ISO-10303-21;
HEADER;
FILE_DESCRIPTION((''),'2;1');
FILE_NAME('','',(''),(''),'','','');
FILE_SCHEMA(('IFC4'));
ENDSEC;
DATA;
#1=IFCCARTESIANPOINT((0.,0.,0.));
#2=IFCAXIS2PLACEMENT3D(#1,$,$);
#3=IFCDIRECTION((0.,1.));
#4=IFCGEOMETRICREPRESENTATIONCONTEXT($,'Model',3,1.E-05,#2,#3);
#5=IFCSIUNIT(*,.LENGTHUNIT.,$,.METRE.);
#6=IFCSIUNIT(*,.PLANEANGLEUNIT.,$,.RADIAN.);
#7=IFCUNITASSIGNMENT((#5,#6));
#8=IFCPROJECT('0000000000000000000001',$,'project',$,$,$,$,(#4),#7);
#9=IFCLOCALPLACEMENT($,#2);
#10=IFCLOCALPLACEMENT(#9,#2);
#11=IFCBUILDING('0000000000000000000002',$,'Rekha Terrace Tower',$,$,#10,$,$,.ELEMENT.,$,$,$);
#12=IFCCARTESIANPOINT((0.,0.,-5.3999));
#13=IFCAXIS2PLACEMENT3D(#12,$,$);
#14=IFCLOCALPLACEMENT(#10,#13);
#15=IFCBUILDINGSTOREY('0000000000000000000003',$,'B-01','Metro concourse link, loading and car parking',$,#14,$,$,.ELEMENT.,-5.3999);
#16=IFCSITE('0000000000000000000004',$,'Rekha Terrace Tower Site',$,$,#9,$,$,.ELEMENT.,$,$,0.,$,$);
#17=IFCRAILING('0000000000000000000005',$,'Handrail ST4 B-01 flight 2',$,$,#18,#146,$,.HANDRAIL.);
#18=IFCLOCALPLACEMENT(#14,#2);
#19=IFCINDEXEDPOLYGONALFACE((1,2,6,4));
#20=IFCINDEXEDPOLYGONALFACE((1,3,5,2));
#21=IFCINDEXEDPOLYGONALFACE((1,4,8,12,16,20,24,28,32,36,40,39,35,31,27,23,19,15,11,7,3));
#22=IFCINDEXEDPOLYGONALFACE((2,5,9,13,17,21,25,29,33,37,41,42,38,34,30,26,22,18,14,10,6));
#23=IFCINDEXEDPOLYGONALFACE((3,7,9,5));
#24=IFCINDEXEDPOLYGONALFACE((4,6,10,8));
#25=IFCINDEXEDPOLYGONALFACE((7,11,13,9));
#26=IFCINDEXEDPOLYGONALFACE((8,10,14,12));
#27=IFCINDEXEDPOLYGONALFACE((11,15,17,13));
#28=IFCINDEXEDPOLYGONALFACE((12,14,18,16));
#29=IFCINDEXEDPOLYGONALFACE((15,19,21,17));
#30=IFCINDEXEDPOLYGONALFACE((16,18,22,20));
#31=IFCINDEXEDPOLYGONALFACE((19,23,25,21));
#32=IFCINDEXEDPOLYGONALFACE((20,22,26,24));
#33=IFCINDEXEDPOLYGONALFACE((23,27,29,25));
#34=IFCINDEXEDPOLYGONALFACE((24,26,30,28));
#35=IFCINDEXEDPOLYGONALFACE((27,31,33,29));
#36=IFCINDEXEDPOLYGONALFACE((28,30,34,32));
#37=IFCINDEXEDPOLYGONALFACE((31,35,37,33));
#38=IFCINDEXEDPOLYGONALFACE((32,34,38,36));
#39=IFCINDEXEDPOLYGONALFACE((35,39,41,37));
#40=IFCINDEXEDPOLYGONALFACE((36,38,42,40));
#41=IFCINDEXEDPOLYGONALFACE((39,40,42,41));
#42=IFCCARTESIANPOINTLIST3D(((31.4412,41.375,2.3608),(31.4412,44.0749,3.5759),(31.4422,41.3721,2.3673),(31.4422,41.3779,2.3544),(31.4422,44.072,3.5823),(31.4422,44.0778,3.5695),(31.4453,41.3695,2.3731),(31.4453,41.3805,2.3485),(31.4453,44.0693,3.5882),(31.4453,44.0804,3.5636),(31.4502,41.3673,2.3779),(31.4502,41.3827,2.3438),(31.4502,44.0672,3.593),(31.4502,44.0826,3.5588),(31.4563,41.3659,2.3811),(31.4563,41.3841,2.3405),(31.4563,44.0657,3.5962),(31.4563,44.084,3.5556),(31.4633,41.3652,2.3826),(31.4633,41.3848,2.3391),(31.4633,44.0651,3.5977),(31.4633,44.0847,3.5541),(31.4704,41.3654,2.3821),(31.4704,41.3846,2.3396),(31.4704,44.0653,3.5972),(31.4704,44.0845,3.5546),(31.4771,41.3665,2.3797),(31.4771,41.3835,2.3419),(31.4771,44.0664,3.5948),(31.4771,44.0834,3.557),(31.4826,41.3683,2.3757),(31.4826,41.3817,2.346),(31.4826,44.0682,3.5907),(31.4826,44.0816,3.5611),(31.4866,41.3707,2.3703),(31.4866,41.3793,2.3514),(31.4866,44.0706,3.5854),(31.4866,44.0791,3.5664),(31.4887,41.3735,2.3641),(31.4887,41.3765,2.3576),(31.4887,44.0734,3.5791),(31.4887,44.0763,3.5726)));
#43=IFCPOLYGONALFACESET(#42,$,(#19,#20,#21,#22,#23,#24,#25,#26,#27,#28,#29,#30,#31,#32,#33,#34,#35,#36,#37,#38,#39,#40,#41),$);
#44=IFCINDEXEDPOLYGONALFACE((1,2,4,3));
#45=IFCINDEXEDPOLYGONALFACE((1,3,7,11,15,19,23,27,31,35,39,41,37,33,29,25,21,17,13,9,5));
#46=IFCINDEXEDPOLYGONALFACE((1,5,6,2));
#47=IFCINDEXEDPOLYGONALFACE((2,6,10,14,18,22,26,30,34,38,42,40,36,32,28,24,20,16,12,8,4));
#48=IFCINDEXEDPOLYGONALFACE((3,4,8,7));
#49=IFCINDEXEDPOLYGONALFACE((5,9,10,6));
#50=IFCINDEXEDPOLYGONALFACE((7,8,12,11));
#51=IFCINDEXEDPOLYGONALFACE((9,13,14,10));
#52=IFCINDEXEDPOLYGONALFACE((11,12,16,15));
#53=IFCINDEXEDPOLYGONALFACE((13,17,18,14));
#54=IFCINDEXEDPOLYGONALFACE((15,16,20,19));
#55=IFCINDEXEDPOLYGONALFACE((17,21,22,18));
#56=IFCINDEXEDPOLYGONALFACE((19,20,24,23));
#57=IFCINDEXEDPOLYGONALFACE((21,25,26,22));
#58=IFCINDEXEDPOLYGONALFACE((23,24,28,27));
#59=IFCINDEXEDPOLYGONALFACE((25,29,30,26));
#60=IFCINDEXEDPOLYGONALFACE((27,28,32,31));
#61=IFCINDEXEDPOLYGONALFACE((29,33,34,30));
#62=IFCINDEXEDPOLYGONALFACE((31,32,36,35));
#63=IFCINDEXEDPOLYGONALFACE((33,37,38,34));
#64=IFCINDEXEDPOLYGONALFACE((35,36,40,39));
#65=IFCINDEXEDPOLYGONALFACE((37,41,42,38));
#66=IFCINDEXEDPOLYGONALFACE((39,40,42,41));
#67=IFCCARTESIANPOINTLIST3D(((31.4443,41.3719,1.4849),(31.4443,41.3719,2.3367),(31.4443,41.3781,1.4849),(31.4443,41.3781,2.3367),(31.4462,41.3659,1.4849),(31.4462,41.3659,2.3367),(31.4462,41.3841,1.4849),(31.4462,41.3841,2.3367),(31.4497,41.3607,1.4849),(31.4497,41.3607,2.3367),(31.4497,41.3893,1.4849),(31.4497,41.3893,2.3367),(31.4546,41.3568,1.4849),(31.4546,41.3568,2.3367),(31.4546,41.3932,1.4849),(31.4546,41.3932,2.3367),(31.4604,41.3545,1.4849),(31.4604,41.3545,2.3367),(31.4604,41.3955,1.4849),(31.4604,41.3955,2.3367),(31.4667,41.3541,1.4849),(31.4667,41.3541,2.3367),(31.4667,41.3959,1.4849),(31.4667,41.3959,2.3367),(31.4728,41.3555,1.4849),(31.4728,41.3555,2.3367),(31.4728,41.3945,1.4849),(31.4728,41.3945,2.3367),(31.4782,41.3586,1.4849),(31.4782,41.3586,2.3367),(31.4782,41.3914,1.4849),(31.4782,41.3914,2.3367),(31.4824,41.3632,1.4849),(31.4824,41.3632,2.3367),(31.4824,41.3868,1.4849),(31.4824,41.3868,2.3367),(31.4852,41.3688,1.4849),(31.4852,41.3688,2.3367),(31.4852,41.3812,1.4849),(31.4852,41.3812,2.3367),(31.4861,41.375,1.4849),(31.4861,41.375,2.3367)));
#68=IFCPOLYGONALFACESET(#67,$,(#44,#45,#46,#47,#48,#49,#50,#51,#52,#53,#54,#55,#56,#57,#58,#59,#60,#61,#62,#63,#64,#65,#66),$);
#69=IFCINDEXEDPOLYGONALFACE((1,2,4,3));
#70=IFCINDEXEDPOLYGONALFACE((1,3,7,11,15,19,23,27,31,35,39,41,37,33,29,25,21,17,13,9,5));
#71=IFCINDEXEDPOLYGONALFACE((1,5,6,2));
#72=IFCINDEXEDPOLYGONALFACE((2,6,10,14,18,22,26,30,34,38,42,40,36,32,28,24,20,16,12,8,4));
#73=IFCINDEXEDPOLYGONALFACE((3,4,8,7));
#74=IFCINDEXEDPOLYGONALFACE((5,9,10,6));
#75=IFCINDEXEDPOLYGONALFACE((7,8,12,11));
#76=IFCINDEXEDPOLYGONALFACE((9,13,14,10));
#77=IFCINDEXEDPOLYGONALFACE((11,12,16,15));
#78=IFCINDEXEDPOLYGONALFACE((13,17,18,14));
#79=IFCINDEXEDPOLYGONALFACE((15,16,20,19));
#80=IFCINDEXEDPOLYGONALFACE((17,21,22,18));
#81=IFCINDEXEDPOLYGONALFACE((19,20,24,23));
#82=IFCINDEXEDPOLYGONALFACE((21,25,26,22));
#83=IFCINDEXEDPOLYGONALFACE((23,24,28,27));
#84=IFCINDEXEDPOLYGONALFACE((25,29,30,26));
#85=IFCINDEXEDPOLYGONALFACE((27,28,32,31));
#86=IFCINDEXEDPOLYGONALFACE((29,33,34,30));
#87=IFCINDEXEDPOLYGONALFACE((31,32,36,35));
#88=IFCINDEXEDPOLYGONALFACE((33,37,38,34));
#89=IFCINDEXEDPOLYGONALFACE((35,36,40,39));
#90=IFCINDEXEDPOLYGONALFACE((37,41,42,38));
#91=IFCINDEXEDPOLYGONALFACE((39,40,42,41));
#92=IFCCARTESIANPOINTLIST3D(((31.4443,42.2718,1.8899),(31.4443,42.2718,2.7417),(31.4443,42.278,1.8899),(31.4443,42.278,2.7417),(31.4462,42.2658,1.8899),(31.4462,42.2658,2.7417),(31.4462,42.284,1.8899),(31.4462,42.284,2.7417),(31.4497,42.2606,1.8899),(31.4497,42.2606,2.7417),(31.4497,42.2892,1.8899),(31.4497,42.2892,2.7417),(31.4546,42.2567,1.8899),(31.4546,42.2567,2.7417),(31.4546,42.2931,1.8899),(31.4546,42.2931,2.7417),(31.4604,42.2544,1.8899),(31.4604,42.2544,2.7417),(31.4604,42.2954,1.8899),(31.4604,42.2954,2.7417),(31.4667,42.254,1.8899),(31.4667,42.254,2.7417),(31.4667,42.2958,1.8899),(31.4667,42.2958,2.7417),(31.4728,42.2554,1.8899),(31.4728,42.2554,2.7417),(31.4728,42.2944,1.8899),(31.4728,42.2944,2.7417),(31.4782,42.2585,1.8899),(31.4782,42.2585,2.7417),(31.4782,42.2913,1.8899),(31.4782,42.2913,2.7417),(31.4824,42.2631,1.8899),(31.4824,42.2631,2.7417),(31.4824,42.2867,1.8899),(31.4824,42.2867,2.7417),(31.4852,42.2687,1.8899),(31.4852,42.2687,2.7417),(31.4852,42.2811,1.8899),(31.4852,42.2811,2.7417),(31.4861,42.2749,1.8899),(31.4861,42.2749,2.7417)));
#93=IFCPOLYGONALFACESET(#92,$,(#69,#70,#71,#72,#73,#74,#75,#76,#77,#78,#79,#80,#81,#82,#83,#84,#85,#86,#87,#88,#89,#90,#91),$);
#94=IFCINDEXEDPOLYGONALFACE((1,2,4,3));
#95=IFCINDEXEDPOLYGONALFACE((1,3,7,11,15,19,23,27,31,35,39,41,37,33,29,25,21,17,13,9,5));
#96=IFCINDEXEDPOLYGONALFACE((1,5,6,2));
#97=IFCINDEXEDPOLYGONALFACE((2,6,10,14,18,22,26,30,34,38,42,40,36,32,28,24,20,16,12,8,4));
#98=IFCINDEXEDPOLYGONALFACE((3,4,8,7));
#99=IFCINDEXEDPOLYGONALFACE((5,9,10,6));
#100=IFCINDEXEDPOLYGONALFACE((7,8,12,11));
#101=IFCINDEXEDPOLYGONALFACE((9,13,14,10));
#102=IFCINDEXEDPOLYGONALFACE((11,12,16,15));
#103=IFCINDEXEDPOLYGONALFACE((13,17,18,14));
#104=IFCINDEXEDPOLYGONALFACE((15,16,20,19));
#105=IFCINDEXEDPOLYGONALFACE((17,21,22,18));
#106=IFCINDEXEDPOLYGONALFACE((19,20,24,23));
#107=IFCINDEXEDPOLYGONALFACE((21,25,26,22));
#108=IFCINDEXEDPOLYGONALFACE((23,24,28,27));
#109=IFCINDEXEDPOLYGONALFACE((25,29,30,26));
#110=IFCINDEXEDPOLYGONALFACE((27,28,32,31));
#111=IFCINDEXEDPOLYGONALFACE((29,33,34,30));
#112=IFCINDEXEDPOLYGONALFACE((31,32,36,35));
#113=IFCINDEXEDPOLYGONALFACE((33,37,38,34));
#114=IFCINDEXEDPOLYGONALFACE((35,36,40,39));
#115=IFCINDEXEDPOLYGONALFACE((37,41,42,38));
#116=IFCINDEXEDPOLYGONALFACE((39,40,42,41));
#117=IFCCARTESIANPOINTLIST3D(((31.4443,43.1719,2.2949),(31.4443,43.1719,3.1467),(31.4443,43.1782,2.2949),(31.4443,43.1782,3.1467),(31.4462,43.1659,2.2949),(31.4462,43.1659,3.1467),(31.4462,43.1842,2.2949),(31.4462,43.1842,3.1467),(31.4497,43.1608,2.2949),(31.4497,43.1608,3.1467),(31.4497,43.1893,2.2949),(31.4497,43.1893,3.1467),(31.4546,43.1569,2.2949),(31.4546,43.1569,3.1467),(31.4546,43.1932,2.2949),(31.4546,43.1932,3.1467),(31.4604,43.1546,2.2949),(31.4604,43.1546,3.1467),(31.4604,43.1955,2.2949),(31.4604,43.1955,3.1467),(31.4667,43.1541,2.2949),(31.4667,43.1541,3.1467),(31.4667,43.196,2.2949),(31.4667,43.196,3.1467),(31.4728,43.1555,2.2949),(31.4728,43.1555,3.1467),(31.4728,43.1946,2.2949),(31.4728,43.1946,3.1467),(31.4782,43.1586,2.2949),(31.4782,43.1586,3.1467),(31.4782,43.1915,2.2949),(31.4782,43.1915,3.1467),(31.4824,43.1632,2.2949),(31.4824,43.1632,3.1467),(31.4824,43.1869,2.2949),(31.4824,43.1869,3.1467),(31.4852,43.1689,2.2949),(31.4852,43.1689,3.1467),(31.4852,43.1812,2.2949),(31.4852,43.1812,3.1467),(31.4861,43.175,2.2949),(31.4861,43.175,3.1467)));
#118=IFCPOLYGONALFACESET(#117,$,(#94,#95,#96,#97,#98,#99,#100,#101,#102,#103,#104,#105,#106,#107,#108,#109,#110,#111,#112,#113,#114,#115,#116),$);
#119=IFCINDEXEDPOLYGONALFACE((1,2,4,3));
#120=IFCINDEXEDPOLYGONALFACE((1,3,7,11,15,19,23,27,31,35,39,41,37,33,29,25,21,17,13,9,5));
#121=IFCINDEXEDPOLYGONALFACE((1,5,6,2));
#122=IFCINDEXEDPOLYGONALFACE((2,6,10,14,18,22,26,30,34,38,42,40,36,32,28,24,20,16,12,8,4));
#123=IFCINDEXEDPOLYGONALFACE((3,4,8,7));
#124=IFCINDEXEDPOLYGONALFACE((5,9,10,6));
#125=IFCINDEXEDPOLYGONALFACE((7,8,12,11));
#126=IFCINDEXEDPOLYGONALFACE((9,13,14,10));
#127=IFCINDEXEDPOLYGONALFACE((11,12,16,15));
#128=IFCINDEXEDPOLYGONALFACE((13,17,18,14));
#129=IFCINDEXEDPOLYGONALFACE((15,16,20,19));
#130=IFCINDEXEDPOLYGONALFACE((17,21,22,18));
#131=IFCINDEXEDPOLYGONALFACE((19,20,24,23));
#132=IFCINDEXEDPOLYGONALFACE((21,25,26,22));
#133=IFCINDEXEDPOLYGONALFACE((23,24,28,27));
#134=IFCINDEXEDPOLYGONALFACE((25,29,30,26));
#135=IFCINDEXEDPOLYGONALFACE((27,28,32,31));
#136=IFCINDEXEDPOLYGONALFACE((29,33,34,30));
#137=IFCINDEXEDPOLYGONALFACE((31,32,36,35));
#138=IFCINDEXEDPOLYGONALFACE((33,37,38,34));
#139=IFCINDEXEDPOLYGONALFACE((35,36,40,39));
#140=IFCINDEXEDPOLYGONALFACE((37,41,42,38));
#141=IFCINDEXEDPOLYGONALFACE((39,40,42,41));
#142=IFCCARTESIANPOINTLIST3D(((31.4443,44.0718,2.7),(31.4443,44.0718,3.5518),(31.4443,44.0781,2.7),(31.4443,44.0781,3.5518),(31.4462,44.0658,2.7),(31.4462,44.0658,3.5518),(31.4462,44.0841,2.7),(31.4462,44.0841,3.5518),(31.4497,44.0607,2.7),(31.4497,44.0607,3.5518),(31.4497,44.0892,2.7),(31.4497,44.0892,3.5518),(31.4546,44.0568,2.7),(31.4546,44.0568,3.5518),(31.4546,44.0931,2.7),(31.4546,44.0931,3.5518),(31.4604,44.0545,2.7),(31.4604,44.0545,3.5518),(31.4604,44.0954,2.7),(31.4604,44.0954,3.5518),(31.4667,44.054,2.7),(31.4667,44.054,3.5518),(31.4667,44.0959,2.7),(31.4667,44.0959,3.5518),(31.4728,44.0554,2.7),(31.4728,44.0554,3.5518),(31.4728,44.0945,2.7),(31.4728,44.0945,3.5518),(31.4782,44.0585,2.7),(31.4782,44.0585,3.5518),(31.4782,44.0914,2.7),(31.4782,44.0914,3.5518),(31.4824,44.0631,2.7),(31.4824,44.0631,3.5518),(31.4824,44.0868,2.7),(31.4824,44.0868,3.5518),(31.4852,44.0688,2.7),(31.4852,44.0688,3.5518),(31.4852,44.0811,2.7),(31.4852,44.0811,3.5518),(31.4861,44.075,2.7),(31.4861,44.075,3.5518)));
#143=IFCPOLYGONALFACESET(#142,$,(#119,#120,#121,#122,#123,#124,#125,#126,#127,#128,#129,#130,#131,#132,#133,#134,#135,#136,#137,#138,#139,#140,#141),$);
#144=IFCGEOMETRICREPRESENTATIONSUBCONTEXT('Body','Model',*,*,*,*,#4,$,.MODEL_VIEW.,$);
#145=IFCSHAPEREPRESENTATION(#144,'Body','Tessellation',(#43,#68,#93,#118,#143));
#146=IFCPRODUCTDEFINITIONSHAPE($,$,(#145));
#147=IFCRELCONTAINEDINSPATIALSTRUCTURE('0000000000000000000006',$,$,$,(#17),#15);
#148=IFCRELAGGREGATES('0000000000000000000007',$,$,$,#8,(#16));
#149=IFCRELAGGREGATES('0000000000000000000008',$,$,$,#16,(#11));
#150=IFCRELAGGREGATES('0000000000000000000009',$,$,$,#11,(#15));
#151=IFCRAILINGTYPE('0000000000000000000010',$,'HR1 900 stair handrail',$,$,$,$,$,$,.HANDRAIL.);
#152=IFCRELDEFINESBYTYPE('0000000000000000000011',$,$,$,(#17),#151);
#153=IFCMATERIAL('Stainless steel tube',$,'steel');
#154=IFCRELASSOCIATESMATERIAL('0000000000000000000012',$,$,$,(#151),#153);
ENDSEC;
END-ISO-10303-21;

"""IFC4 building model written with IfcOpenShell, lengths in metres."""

from ifc_helpers import new_model, si_unit, direction, frame, origin, origin_2d, place, context, subcontext, project, spatial, circle, extrude, material, type_object, element, save


model = new_model("IFC4")

# Units and contexts
model_context = context("Model", 3, precision=1e-05, world=origin(), true_north=direction((0.0, 1.0)))
body_context = subcontext(model_context, "Body", "Model", "MODEL_VIEW")
ifc_project = project(units=[si_unit("LENGTHUNIT", "METRE"), si_unit("PLANEANGLEUNIT", "RADIAN")], contexts=[model_context])

# Site, building, storey
site_placement = place(None, origin())
site = spatial("IfcSite", under=ifc_project, at=site_placement, Name="Rekha Terrace Tower Site", CompositionType="ELEMENT", RefElevation=0.0)
building_placement = place(site_placement, origin())
building = spatial("IfcBuilding", under=site, at=building_placement, Name="Rekha Terrace Tower", CompositionType="ELEMENT")
storey_placement = place(building_placement, frame((0.0, 0.0, -5.3999)))
storey = spatial("IfcBuildingStorey", under=building, at=storey_placement, Name="B-01", Description="Metro concourse link, loading and car parking", CompositionType="ELEMENT", Elevation=-5.3999)

# Railing
ifc_material_1 = material(Name="Stainless steel tube", Category="steel")
railing_type_1 = type_object("IfcRailingType", Name="HR1 900 stair handrail", PredefinedType="HANDRAIL", material=ifc_material_1)
railing_1_placement = place(storey_placement, frame((31.4651, 41.375, 1.4849)))
element("IfcRailing", 1, at=railing_1_placement, inside=storey, type_object=railing_type_1, Name="Handrail ST4 B-01 flight 2", PredefinedType="HANDRAIL", context=body_context, shape_type="SweptSolid", body=[
    extrude(circle(Radius=0.0239, at=origin_2d()), frame((0.0, 0.0, 0.876), z_axis=(0.0, 0.911908, 0.410396), x_axis=(-1.0, 0.0, 0.0)), (0.0, 0.0, 1.0), 2.9607),
    extrude(circle(Radius=0.021, at=origin_2d()), origin(), (0.0, 0.0, 1.0), 0.8518),
    extrude(circle(Radius=0.021, at=origin_2d()), frame((0.0, 0.8999, 0.405)), (0.0, 0.0, 1.0), 0.8518),
    extrude(circle(Radius=0.021, at=origin_2d()), frame((0.0, 1.8, 0.8101)), (0.0, 0.0, 1.0), 0.8518),
    extrude(circle(Radius=0.021, at=origin_2d()), frame((0.0, 2.7, 1.2151)), (0.0, 0.0, 1.0), 0.8518),
])

save(model, "model.ifc")
